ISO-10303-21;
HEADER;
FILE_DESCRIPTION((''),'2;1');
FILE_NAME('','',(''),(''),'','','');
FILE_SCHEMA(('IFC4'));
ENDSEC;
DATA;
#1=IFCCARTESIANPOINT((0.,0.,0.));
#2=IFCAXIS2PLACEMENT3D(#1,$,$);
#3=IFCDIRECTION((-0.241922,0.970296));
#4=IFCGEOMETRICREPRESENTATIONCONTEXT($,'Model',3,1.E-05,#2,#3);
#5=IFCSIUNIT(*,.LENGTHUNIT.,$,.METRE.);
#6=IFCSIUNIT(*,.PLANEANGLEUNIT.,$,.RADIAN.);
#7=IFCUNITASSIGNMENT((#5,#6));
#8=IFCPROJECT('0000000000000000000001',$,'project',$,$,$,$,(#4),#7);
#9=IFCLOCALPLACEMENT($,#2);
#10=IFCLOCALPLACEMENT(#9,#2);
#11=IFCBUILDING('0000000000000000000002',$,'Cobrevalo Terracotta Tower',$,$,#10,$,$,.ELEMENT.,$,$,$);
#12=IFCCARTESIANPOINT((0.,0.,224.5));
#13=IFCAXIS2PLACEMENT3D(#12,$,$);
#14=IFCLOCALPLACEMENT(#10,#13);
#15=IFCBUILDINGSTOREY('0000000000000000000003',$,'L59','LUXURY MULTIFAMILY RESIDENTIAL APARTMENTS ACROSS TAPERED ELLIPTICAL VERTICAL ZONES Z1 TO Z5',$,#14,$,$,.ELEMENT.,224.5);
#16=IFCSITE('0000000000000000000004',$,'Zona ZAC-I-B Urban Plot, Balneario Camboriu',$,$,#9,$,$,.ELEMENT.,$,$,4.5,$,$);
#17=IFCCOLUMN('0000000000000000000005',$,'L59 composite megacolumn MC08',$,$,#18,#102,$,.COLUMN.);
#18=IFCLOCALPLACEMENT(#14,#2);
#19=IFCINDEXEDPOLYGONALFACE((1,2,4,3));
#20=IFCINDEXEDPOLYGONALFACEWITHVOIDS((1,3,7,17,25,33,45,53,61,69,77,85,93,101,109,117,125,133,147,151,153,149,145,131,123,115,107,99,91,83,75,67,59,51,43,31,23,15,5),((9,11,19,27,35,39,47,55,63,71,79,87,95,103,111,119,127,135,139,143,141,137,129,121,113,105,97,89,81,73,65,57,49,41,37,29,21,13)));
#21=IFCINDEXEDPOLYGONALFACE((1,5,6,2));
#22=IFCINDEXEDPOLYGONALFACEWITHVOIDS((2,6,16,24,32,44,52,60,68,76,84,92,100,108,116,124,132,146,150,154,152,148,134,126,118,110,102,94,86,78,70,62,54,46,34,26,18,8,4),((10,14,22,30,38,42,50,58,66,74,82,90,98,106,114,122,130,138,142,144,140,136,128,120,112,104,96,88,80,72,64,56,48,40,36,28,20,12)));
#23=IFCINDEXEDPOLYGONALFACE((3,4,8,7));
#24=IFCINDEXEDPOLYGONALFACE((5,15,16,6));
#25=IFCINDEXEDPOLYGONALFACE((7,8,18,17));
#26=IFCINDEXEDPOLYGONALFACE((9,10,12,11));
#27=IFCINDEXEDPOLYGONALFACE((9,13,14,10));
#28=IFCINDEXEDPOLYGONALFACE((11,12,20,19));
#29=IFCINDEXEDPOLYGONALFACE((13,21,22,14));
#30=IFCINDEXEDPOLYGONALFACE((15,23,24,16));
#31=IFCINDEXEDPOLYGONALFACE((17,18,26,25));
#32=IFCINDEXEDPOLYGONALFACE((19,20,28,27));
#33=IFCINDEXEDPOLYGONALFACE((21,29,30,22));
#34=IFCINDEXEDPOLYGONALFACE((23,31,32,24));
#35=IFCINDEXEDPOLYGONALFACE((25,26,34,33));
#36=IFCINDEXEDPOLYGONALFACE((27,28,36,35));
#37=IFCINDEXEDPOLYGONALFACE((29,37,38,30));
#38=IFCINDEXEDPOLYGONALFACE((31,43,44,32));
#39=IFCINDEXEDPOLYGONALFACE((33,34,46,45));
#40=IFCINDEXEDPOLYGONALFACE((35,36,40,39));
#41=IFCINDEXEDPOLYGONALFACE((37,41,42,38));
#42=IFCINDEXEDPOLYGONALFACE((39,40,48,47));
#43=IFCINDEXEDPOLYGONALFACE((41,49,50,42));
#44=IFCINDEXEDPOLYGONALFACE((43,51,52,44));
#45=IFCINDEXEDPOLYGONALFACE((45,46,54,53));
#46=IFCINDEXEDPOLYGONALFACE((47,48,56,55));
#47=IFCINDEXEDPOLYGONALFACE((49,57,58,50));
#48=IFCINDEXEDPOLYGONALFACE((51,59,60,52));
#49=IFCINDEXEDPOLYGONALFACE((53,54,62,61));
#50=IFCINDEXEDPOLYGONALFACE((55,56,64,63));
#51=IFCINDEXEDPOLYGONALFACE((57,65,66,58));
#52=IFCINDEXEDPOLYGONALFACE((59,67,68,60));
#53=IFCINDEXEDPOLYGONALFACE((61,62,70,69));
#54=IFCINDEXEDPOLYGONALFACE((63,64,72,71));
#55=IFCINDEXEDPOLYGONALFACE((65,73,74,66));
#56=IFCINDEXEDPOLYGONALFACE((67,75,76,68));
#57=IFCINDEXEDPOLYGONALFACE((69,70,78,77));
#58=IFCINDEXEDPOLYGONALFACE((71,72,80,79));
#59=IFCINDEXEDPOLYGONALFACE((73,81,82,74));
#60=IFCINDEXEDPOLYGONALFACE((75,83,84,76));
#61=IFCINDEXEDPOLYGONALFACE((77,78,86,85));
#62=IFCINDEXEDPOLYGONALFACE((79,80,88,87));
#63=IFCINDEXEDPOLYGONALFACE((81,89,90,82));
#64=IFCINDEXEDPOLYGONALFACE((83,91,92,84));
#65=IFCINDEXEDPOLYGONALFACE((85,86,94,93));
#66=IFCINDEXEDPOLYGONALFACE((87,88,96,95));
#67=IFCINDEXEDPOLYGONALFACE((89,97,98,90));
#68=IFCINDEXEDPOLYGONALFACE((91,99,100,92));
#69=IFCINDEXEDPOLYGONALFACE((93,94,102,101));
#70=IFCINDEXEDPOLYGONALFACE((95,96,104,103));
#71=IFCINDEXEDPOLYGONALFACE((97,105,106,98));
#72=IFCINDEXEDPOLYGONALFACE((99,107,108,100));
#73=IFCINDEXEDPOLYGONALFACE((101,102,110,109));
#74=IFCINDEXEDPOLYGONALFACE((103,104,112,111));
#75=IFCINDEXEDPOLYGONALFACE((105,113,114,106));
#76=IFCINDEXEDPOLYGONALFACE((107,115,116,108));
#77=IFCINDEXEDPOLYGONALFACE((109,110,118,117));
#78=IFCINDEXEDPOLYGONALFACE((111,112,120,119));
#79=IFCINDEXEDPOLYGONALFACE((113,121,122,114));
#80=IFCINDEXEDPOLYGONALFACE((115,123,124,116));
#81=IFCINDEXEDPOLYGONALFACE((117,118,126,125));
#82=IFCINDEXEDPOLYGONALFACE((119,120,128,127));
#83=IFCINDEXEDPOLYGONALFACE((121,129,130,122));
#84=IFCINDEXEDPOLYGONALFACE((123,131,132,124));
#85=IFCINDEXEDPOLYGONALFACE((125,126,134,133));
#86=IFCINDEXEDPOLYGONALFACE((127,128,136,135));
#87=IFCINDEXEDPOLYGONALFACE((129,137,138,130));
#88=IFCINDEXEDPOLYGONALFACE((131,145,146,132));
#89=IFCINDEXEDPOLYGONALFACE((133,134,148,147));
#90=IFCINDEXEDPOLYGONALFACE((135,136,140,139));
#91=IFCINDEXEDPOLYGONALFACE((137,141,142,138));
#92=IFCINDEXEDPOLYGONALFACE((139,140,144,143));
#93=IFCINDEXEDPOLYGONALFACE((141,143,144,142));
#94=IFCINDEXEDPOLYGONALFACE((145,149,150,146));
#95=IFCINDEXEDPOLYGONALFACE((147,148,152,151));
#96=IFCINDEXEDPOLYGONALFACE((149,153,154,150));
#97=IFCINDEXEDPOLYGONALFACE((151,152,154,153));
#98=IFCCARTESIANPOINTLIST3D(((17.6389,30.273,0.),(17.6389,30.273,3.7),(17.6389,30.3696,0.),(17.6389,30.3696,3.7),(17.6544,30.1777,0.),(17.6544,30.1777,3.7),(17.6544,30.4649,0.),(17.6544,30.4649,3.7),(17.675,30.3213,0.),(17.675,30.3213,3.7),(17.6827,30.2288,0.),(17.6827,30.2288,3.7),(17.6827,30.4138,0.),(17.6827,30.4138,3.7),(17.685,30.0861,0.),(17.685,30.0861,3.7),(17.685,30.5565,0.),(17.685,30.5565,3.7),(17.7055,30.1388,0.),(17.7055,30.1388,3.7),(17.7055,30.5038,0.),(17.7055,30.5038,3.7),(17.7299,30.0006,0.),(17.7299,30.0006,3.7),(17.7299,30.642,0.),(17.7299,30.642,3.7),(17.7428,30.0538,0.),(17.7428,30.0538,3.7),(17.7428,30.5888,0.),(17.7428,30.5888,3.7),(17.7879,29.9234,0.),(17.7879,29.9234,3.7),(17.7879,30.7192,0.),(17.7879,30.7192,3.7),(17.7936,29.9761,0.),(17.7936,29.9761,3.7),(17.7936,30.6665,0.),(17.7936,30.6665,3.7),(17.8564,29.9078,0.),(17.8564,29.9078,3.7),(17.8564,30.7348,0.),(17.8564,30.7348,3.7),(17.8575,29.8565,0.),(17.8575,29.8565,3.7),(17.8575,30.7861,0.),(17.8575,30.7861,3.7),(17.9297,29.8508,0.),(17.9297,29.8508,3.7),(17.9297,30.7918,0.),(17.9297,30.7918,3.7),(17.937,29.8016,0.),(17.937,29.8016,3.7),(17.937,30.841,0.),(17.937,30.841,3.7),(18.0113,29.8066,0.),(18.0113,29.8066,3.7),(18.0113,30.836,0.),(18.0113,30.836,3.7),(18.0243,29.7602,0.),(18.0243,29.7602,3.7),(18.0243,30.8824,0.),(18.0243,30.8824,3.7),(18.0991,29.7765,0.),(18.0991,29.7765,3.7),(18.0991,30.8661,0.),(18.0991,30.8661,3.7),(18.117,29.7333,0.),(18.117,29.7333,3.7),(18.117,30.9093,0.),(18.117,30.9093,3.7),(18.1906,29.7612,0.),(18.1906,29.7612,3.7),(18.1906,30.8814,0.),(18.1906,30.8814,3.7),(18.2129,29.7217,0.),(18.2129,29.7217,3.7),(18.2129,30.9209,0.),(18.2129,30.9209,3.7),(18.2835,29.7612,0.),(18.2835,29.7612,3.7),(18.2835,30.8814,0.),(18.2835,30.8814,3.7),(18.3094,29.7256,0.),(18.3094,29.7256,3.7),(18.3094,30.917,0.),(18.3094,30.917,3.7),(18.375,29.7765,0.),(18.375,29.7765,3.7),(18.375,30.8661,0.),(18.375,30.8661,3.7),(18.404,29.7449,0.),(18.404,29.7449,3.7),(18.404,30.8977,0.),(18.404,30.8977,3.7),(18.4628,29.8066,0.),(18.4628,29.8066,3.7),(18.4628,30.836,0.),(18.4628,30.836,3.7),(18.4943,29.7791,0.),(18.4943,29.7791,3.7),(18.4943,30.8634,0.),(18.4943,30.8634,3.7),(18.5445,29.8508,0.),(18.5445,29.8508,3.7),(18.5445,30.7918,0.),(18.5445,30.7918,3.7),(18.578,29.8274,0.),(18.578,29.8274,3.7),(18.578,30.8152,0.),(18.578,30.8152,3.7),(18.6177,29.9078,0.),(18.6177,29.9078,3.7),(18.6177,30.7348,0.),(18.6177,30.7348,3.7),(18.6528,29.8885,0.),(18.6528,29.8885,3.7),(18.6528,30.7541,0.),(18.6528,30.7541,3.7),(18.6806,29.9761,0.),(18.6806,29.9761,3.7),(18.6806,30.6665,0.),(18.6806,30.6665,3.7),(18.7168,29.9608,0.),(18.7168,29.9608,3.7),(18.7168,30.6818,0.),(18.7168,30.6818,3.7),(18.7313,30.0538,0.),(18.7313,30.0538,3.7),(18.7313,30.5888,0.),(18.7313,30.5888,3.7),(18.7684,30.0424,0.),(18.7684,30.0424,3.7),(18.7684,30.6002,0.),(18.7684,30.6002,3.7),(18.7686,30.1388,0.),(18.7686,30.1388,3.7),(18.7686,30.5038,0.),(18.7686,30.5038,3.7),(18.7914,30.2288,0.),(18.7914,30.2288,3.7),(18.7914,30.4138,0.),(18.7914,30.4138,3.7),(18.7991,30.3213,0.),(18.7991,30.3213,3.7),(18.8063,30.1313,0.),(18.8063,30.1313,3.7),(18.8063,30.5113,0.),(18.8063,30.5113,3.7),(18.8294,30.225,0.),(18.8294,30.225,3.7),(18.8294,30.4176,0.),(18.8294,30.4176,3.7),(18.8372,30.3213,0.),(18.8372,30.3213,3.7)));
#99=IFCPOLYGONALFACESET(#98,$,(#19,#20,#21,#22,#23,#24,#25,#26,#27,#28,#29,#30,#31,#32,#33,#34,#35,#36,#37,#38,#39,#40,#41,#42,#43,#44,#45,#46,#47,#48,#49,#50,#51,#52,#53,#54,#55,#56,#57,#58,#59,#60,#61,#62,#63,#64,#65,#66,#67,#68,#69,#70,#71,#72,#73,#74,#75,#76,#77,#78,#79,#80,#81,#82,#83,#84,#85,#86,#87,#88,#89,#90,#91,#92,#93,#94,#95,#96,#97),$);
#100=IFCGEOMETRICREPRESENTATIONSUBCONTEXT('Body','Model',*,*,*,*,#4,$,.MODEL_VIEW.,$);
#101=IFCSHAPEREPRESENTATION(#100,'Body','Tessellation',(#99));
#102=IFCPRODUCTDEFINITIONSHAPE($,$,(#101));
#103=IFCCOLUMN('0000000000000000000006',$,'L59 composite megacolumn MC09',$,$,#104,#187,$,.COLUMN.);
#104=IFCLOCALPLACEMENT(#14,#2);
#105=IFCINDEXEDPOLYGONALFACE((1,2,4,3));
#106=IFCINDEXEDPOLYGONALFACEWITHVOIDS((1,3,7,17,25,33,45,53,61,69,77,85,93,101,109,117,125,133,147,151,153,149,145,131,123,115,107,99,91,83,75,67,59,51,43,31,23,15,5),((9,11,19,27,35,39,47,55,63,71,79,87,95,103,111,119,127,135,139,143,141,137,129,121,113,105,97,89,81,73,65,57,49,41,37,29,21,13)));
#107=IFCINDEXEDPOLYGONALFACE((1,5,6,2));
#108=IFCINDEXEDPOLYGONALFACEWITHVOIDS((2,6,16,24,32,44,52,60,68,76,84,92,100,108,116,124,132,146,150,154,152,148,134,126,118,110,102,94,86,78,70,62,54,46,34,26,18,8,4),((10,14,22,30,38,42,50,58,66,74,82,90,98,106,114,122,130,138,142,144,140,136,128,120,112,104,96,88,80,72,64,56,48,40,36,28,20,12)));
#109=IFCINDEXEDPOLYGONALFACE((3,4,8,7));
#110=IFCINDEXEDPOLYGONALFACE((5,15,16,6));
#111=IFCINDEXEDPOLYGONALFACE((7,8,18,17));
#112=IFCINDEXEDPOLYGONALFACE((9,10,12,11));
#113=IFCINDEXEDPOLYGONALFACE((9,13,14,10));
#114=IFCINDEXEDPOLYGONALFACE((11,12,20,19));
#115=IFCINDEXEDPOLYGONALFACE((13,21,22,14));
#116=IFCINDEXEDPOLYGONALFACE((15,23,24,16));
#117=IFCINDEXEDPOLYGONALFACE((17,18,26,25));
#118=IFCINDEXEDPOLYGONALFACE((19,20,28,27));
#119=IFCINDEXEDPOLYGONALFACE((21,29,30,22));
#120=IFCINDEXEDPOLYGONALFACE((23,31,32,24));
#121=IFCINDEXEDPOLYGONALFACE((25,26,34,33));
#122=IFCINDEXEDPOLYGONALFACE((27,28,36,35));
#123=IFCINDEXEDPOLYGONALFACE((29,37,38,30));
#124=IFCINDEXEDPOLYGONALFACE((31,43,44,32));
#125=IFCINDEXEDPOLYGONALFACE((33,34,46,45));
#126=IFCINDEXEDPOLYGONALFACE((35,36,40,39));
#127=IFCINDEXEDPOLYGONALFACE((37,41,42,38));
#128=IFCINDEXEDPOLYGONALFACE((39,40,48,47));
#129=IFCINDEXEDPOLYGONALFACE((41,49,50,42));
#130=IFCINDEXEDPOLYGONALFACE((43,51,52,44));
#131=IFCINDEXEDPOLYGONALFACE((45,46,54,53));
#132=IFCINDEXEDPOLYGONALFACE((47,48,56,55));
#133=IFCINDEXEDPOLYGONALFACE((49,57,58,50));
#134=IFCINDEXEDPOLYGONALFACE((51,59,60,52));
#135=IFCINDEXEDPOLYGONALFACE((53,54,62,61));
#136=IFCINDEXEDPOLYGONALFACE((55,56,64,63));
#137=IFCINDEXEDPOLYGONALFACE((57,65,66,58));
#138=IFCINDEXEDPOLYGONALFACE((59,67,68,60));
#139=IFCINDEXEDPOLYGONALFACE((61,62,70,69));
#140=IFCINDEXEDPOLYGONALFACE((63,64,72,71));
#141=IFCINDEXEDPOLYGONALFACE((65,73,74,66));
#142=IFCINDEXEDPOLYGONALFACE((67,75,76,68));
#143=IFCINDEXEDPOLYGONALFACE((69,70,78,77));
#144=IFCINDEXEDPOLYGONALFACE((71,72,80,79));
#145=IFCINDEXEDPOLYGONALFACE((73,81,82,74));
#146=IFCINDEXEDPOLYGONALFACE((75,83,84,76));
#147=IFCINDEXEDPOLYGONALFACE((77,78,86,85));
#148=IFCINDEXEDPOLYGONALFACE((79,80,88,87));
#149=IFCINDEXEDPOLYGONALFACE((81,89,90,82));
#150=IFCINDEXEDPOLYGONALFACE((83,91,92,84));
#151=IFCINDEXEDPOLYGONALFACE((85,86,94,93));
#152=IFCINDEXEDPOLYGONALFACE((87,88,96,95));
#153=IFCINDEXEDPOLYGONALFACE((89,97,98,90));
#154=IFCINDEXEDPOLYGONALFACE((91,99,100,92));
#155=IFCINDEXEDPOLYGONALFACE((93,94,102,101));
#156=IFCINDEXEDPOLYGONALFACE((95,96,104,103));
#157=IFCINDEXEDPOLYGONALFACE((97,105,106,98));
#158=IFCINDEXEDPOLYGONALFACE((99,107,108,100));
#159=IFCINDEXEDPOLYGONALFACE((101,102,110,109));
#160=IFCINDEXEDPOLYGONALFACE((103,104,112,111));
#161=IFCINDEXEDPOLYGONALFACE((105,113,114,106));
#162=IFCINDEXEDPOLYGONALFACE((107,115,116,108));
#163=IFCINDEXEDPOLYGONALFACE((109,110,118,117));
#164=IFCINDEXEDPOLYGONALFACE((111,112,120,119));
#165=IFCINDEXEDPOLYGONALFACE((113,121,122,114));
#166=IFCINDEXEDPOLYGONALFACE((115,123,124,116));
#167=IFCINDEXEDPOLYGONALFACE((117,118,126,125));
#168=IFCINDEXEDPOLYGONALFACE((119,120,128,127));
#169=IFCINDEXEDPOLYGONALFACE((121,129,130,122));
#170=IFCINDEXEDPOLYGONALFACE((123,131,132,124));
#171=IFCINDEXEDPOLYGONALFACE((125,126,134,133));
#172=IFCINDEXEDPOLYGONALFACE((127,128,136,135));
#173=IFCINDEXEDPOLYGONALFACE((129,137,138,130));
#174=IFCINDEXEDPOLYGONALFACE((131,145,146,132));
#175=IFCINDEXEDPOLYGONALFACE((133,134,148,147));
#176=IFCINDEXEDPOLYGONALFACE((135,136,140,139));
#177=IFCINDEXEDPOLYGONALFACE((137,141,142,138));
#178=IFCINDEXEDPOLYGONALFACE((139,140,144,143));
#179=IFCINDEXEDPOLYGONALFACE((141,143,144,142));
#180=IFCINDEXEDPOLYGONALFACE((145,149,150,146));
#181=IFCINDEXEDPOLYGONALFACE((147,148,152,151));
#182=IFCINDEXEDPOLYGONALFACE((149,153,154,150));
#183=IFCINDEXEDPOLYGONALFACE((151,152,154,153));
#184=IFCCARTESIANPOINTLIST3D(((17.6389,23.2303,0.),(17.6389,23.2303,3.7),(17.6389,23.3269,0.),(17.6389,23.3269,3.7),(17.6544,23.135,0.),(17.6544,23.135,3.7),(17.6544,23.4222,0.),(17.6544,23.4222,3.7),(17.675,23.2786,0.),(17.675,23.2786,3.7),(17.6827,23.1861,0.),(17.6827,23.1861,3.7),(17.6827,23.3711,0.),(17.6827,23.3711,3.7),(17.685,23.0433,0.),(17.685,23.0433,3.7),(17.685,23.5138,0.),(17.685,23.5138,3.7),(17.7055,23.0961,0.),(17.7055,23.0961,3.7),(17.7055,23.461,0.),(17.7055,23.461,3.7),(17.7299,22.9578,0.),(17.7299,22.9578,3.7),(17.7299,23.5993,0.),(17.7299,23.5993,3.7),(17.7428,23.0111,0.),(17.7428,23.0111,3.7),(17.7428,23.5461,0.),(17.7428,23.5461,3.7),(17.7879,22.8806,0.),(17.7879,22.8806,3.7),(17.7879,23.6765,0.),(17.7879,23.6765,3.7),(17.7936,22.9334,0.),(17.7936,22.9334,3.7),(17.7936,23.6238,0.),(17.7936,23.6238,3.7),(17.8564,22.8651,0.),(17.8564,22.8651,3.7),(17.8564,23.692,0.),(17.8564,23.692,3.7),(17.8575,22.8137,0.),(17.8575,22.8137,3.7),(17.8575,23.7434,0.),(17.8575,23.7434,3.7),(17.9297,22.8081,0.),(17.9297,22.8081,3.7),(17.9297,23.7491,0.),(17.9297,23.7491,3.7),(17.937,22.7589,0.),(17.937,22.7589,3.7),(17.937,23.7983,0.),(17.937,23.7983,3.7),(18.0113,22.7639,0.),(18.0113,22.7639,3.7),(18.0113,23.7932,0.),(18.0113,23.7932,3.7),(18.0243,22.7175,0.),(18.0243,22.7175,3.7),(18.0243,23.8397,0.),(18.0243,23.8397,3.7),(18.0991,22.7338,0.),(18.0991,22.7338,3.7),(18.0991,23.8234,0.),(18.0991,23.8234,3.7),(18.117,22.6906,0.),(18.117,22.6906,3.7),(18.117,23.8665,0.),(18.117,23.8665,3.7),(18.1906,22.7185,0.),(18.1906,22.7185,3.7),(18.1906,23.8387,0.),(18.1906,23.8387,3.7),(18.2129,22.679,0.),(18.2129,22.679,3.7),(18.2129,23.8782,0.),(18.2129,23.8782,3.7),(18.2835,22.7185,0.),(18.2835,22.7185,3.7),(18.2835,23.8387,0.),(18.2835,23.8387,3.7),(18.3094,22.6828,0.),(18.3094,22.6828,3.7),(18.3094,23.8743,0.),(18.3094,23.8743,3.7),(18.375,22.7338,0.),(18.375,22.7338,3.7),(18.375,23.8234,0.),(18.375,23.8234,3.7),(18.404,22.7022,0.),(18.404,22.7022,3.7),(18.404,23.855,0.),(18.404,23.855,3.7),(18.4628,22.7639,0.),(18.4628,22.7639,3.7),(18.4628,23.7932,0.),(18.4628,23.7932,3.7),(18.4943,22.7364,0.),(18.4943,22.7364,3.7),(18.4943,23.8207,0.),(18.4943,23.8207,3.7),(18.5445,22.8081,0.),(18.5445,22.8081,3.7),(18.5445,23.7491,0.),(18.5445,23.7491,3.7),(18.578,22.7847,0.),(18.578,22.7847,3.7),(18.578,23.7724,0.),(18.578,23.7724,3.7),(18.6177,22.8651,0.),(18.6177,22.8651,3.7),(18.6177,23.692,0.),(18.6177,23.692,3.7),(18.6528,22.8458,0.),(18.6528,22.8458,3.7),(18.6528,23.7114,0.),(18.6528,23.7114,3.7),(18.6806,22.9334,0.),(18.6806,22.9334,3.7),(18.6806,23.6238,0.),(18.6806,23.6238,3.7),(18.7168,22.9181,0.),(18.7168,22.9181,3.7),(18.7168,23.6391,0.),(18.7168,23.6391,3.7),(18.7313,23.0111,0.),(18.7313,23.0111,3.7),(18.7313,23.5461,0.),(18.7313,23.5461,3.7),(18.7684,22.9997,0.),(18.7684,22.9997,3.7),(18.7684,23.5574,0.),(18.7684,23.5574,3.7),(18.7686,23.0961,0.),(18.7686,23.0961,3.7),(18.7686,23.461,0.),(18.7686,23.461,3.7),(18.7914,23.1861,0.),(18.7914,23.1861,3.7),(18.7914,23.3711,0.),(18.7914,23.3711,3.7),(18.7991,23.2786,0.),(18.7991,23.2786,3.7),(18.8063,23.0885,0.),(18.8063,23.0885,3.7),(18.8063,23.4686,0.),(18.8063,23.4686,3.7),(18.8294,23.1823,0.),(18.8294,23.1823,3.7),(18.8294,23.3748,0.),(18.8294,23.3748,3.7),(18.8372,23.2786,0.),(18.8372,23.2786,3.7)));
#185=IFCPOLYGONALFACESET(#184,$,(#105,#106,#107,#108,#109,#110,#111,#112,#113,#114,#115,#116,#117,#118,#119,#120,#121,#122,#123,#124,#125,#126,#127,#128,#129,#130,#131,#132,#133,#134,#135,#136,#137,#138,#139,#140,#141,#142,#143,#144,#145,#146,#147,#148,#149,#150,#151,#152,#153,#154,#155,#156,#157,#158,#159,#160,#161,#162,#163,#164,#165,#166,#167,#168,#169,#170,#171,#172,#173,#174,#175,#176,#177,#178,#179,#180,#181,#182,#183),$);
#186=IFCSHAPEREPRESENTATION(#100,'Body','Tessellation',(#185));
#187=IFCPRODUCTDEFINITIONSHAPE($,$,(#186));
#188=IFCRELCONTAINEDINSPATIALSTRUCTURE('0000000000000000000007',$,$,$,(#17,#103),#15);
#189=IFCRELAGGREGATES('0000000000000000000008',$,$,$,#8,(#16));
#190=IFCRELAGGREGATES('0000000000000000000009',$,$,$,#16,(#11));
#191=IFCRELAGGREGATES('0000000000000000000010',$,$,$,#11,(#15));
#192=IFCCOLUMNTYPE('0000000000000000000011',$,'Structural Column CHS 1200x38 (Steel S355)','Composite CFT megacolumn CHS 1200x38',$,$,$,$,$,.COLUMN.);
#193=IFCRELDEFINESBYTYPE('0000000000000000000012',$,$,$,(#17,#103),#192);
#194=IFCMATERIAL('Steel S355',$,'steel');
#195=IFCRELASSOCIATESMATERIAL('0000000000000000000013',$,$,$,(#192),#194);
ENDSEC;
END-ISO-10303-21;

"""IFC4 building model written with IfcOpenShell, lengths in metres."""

from ifc_helpers import new_model, si_unit, direction, frame, origin, origin_2d, place, context, subcontext, project, spatial, hollow_circle, extrude, material, material_profile, profile_set, type_object, element, save


model = new_model("IFC4")

# Units and contexts
model_context = context("Model", 3, precision=1e-05, world=origin(), true_north=direction((-0.241922, 0.970296)))
body_context = subcontext(model_context, "Body", "Model", "MODEL_VIEW")
ifc_project = project(units=[si_unit("LENGTHUNIT", "METRE"), si_unit("PLANEANGLEUNIT", "RADIAN")], contexts=[model_context])

# Site, building, storey
site_placement = place(None, origin())
site = spatial("IfcSite", under=ifc_project, at=site_placement, Name="Zona ZAC-I-B Urban Plot, Balneario Camboriu", CompositionType="ELEMENT", RefElevation=4.5)
building_placement = place(site_placement, origin())
building = spatial("IfcBuilding", under=site, at=building_placement, Name="Cobrevalo Terracotta Tower", CompositionType="ELEMENT")
storey_placement = place(building_placement, frame((0.0, 0.0, 224.5)))
storey = spatial("IfcBuildingStorey", under=building, at=storey_placement, Name="L59", Description="LUXURY MULTIFAMILY RESIDENTIAL APARTMENTS ACROSS TAPERED ELLIPTICAL VERTICAL ZONES Z1 TO Z5", CompositionType="ELEMENT", Elevation=224.5)

# Columns
ifc_material_1 = material(Name="Steel S355", Category="steel")
ifc_material_profile_1 = material_profile(ifc_material_1, hollow_circle(Radius=0.6001, WallThickness=0.0381, at=origin_2d()), Name="CHS 1200x38")
ifc_profile_set_1 = profile_set([ifc_material_profile_1], Name="Steel S355")
column_type = type_object("IfcColumnType", Name="Structural Column CHS 1200x38 (Steel S355)", Description="Composite CFT megacolumn CHS 1200x38", PredefinedType="COLUMN", material=ifc_profile_set_1)
for number, where, z_axis, x_axis, name in (
    (1, (18.2371, 30.3213, 0.0), (0.0, 0.0, 1.0), (1.0, 0.0, 0.0), "L59 composite megacolumn MC08"),
    (2, (18.2371, 23.2786, 0.0), (0.0, 0.0, 1.0), (1.0, 0.0, 0.0), "L59 composite megacolumn MC09"),
):
    element("IfcColumn", number, at=place(storey_placement, frame(where, z_axis=z_axis, x_axis=x_axis)), inside=storey, type_object=column_type, Name=name, PredefinedType="COLUMN", context=body_context, shape_type="SweptSolid", body=[
        extrude(hollow_circle(Radius=0.6001, WallThickness=0.0381, at=origin_2d()), origin(), (0.0, 0.0, 1.0), 3.7),
    ])

save(model, "model.ifc")
